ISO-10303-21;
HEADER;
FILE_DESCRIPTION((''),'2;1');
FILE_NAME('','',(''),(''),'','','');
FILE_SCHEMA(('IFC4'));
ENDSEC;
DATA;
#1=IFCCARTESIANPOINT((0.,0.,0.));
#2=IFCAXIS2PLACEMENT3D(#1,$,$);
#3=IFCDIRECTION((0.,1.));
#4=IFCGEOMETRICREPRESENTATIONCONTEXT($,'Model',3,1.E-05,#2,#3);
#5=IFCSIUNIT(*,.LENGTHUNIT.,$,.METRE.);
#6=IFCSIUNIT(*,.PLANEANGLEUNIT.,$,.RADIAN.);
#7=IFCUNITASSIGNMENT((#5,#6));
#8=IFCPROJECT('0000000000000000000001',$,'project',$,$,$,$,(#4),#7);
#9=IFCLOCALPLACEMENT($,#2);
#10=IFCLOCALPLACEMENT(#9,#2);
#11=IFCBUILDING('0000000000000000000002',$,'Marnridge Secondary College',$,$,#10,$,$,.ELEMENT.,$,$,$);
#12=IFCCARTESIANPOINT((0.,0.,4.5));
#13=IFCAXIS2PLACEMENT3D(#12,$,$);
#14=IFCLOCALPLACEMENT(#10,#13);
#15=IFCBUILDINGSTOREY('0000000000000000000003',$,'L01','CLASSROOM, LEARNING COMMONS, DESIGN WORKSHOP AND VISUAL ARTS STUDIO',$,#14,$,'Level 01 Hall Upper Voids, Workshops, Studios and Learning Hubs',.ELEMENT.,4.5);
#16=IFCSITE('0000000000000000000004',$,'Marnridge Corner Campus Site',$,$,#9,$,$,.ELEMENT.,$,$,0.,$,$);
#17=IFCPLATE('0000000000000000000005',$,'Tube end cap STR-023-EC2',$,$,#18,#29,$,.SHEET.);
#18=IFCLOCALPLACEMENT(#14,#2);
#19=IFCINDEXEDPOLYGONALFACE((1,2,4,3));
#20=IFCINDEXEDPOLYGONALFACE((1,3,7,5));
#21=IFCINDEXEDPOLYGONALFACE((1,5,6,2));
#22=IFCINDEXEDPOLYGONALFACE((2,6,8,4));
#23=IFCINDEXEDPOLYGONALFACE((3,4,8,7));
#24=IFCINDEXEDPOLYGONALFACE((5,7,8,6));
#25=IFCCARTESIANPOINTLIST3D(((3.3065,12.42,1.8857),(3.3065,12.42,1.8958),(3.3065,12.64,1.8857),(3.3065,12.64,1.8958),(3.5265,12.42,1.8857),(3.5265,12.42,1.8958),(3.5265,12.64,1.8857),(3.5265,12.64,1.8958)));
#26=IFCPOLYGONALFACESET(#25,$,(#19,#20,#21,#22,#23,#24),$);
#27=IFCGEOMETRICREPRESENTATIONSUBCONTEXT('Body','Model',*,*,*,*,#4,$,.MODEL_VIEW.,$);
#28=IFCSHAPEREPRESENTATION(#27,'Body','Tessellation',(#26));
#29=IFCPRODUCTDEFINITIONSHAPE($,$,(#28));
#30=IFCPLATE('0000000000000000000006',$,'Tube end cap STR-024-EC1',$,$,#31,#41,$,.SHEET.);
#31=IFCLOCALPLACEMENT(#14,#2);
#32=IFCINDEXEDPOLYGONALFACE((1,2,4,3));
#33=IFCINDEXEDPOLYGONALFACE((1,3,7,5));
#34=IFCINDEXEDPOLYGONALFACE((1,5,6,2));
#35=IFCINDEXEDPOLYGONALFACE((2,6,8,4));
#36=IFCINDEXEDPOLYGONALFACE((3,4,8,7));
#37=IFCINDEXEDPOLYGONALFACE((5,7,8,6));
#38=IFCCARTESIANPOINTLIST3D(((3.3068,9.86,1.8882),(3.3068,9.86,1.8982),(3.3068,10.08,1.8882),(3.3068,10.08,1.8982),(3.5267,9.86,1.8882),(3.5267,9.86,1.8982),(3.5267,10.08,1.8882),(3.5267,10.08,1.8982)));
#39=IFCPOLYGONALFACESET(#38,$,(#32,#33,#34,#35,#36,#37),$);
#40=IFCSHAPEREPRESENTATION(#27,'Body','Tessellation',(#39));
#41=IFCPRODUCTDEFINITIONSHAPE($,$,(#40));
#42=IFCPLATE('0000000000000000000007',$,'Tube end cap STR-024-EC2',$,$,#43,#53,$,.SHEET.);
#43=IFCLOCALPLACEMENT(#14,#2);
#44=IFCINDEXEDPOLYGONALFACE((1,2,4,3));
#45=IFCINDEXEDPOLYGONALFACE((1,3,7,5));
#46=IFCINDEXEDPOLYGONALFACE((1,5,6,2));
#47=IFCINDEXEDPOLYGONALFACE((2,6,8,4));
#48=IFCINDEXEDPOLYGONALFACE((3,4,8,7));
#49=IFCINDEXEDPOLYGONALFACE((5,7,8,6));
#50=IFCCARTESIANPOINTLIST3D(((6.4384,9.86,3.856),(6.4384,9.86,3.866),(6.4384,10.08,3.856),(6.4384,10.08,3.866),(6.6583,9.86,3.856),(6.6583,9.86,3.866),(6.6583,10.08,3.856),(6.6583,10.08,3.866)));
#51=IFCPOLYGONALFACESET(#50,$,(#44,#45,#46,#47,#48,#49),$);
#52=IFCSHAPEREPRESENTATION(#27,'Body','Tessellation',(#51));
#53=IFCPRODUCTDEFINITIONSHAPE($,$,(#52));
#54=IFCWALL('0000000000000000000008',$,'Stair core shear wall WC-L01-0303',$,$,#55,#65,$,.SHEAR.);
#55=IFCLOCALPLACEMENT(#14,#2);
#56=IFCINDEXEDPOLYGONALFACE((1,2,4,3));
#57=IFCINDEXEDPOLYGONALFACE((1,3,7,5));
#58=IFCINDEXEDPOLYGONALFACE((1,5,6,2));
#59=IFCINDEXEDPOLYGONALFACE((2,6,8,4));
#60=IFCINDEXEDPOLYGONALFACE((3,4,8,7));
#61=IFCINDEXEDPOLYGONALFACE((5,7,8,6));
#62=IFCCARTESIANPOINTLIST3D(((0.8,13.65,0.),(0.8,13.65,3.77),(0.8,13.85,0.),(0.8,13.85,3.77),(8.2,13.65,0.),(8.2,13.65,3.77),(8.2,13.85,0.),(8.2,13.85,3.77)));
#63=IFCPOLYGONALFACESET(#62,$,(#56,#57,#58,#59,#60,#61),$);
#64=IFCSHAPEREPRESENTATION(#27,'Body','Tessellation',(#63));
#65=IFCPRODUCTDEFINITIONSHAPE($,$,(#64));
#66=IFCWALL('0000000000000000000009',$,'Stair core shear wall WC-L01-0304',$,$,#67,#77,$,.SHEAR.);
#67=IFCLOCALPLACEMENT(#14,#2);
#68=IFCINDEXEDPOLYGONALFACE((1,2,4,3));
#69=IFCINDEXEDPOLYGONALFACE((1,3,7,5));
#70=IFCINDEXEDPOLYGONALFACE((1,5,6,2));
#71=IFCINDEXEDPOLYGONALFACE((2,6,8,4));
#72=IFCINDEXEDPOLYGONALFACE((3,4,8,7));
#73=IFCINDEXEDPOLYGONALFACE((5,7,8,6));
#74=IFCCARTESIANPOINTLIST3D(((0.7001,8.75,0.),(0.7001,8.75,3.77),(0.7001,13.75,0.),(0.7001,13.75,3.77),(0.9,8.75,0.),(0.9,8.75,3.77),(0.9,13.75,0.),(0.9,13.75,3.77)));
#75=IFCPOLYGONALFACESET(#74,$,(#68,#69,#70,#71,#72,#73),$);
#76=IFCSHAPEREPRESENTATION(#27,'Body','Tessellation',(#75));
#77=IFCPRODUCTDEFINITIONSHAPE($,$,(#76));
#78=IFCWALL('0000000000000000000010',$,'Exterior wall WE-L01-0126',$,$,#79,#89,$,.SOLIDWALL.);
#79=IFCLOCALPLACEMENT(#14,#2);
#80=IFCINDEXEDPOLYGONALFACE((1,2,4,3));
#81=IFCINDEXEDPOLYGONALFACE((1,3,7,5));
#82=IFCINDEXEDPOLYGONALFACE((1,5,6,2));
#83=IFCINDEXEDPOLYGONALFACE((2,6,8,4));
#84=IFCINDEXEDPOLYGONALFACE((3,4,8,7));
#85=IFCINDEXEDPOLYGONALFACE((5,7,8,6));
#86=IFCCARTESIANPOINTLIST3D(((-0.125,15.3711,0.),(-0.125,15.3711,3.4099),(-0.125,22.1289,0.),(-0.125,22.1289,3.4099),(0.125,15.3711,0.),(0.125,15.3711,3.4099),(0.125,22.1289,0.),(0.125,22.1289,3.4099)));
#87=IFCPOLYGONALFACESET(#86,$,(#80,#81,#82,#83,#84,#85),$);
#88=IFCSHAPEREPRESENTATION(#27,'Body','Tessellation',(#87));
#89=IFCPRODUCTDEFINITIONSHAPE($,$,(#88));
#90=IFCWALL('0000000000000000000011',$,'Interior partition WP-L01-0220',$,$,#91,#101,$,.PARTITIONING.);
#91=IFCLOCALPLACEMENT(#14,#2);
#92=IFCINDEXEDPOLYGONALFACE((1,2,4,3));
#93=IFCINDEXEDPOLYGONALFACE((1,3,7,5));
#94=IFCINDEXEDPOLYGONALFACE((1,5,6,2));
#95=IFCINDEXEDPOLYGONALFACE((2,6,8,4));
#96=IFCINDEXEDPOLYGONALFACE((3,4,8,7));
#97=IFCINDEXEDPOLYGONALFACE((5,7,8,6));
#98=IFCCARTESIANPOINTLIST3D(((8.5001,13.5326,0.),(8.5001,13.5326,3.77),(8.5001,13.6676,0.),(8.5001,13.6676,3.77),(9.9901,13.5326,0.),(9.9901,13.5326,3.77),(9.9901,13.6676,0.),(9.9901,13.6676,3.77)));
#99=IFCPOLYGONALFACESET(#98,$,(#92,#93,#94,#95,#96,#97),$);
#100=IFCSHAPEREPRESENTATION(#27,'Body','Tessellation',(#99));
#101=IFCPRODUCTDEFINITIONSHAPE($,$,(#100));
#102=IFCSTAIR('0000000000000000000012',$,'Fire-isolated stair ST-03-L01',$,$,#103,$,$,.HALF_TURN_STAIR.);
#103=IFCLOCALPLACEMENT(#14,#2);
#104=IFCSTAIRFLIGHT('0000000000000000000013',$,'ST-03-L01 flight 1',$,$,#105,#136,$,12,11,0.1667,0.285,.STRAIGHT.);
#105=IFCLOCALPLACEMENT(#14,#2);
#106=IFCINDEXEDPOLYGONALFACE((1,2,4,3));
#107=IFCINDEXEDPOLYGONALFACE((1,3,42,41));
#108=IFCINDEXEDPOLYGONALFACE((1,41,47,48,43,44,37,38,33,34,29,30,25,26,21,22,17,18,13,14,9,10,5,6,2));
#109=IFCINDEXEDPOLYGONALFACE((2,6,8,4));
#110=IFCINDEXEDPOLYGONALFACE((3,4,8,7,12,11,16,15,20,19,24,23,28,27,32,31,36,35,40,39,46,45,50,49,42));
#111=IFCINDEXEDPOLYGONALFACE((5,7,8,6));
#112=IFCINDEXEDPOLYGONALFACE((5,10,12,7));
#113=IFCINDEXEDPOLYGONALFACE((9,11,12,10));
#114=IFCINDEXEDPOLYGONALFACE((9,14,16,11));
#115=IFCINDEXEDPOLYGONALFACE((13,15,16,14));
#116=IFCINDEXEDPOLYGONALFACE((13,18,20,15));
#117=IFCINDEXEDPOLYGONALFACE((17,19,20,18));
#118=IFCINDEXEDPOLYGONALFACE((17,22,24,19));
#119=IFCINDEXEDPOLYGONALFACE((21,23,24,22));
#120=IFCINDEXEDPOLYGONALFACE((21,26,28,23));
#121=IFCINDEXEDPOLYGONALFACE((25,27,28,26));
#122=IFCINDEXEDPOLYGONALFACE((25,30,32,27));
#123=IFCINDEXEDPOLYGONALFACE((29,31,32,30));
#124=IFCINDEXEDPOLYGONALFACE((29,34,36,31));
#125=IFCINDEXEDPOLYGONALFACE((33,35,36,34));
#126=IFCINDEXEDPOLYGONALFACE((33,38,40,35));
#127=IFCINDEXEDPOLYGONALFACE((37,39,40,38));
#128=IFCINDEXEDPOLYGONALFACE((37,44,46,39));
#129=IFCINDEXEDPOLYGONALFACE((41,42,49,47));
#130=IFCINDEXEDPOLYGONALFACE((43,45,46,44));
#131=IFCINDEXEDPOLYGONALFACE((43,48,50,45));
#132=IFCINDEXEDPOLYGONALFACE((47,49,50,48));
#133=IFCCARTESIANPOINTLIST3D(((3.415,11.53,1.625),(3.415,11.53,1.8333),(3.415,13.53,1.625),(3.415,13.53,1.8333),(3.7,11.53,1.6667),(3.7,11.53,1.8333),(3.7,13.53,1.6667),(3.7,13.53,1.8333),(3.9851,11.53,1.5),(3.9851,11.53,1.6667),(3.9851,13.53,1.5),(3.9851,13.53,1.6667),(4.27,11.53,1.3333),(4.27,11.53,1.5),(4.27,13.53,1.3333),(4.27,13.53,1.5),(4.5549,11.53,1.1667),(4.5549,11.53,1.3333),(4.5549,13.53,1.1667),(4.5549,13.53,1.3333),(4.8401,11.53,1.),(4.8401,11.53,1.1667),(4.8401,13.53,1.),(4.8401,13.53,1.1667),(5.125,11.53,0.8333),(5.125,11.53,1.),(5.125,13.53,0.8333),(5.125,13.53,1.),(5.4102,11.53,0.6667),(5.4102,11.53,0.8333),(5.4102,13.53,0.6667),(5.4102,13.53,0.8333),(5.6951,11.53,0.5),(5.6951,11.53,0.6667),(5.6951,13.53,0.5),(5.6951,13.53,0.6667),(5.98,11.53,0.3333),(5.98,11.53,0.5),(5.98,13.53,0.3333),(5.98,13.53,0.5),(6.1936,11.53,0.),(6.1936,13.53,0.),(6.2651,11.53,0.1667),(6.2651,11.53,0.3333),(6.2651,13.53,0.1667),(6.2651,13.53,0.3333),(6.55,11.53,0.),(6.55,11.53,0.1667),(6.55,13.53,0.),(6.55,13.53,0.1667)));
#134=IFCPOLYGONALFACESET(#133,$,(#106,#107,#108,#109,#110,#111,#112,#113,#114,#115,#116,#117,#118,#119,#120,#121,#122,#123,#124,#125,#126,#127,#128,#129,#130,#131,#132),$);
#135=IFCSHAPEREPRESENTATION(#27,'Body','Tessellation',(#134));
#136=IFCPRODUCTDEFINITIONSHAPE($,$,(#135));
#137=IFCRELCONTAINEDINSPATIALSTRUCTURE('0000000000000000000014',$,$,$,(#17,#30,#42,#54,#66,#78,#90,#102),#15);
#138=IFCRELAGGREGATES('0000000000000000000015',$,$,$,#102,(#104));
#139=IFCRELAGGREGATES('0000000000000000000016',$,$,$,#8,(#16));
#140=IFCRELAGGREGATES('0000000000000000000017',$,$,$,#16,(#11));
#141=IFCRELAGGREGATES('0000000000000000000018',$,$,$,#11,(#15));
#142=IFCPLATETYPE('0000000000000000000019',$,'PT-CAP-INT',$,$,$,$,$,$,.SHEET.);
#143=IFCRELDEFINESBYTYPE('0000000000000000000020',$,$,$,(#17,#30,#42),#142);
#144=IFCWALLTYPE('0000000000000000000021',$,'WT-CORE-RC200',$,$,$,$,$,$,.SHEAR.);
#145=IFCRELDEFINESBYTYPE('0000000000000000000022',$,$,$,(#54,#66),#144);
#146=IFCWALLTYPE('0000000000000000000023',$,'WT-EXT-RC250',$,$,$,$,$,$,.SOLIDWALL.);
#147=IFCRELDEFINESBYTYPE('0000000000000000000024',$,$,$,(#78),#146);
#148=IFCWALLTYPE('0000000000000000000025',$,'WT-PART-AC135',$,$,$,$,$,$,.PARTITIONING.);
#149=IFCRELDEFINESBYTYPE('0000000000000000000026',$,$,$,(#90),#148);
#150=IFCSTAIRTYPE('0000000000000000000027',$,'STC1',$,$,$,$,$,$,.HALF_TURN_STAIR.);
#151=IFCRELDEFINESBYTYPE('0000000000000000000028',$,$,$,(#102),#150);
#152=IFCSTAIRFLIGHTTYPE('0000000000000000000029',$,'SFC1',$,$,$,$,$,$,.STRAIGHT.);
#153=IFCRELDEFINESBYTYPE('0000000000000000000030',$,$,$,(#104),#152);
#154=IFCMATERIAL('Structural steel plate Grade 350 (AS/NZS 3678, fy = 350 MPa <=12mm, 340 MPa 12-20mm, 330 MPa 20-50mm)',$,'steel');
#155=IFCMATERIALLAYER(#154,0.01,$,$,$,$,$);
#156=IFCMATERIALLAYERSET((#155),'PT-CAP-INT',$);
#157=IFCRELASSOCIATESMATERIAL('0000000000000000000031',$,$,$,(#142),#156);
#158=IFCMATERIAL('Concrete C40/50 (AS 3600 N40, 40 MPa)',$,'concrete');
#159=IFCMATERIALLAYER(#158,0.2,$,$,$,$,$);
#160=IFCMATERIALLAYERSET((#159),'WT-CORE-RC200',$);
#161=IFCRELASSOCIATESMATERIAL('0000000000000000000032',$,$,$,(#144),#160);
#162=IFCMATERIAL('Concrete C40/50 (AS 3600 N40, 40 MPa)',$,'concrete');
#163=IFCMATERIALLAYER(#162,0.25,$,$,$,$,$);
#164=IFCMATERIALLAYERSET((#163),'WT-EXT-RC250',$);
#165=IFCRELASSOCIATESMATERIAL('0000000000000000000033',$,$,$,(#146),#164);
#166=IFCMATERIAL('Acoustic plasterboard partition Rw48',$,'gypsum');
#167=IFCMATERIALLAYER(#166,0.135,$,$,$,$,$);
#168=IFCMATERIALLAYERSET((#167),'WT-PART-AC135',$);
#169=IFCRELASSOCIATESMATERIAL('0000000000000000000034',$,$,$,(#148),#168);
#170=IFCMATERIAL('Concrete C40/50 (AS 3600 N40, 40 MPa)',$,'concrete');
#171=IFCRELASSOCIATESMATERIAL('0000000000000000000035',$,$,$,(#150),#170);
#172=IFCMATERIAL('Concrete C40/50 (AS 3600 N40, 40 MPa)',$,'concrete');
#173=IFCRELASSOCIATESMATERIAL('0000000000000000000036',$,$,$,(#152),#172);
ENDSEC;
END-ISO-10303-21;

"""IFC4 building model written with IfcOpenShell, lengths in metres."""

from ifc_helpers import new_model, si_unit, direction, frame, frame_2d, origin, origin_2d, place, context, subcontext, project, spatial, polyline, rectangle, outline, extrude, material, layer, layer_set, type_object, element, aggregate, save


model = new_model("IFC4")

# Units and contexts
model_context = context("Model", 3, precision=1e-05, world=origin(), true_north=direction((0.0, 1.0)))
body_context = subcontext(model_context, "Body", "Model", "MODEL_VIEW")
ifc_project = project(units=[si_unit("LENGTHUNIT", "METRE"), si_unit("PLANEANGLEUNIT", "RADIAN")], contexts=[model_context])

# Site, building, storey
site_placement = place(None, origin())
site = spatial("IfcSite", under=ifc_project, at=site_placement, Name="Marnridge Corner Campus Site", CompositionType="ELEMENT", RefElevation=0.0)
building_placement = place(site_placement, origin())
building = spatial("IfcBuilding", under=site, at=building_placement, Name="Marnridge Secondary College", CompositionType="ELEMENT")
storey_placement = place(building_placement, frame((0.0, 0.0, 4.5)))
storey = spatial("IfcBuildingStorey", under=building, at=storey_placement, Name="L01", Description="CLASSROOM, LEARNING COMMONS, DESIGN WORKSHOP AND VISUAL ARTS STUDIO", LongName="Level 01 Hall Upper Voids, Workshops, Studios and Learning Hubs", CompositionType="ELEMENT", Elevation=4.5)

# Plates
ifc_material_1 = material(Name="Structural steel plate Grade 350 (AS/NZS 3678, fy = 350 MPa <=12mm, 340 MPa 12-20mm, 330 MPa 20-50mm)", Category="steel")
ifc_layer_1 = layer(ifc_material_1, 0.01)
ifc_layer_set_1 = layer_set([ifc_layer_1], Name="PT-CAP-INT")
plate_type = type_object("IfcPlateType", Name="PT-CAP-INT", PredefinedType="SHEET", material=ifc_layer_set_1)
for number, where, z_axis, x_axis, name in (
    (1, (3.4165, 12.53, 1.8857), (0.0, 0.0, 1.0), (-1.0, 0.0, 0.0), "Tube end cap STR-023-EC2"),
    (2, (3.4167, 9.97, 1.8882), (0.0, 0.0, 1.0), (1.0, 0.0, 0.0), "Tube end cap STR-024-EC1"),
    (3, (6.5483, 9.97, 3.856), (0.0, 0.0, 1.0), (1.0, 0.0, 0.0), "Tube end cap STR-024-EC2"),
):
    element("IfcPlate", number, at=place(storey_placement, frame(where, z_axis=z_axis, x_axis=x_axis)), inside=storey, type_object=plate_type, Name=name, PredefinedType="SHEET", context=body_context, shape_type="SweptSolid", body=[
        extrude(rectangle(XDim=0.22, YDim=0.22, at=origin_2d()), origin(), (0.0, 0.0, 1.0), 0.01),
    ])

# Walls
ifc_material_2 = material(Name="Concrete C40/50 (AS 3600 N40, 40 MPa)", Category="concrete")
ifc_layer_2 = layer(ifc_material_2, 0.2)
ifc_layer_set_2 = layer_set([ifc_layer_2], Name="WT-CORE-RC200")
wall_type_1 = type_object("IfcWallType", Name="WT-CORE-RC200", PredefinedType="SHEAR", material=ifc_layer_set_2)
wall_1_placement = place(storey_placement, frame((8.2, 13.75, 0.0), z_axis=(0.0, 0.0, 1.0), x_axis=(-1.0, 0.0, 0.0)))
element("IfcWall", 4, at=wall_1_placement, inside=storey, type_object=wall_type_1, Name="Stair core shear wall WC-L01-0303", PredefinedType="SHEAR", context=body_context, shape_type="SweptSolid", body=[
    extrude(rectangle(XDim=7.3999, YDim=0.2, at=frame_2d((3.7, 0.0))), origin(), (0.0, 0.0, 1.0), 3.77),
])
wall_2_placement = place(storey_placement, frame((0.8, 13.75, 0.0), z_axis=(0.0, 0.0, 1.0), x_axis=(0.0, -1.0, 0.0)))
element("IfcWall", 5, at=wall_2_placement, inside=storey, type_object=wall_type_1, Name="Stair core shear wall WC-L01-0304", PredefinedType="SHEAR", context=body_context, shape_type="SweptSolid", body=[
    extrude(rectangle(XDim=5.0, YDim=0.2, at=frame_2d((2.5, 0.0))), origin(), (0.0, 0.0, 1.0), 3.77),
])
ifc_material_3 = material(Name="Concrete C40/50 (AS 3600 N40, 40 MPa)", Category="concrete")
ifc_layer_3 = layer(ifc_material_3, 0.25)
ifc_layer_set_3 = layer_set([ifc_layer_3], Name="WT-EXT-RC250")
wall_type_2 = type_object("IfcWallType", Name="WT-EXT-RC250", PredefinedType="SOLIDWALL", material=ifc_layer_set_3)
wall_3_placement = place(storey_placement, frame((0.0, 15.3711, 0.0), z_axis=(0.0, 0.0, 1.0), x_axis=(0.0, 1.0, 0.0)))
element("IfcWall", 6, at=wall_3_placement, inside=storey, type_object=wall_type_2, Name="Exterior wall WE-L01-0126", PredefinedType="SOLIDWALL", context=body_context, shape_type="SweptSolid", body=[
    extrude(rectangle(XDim=6.7578, YDim=0.25, at=frame_2d((3.3789, 0.0))), origin(), (0.0, 0.0, 1.0), 3.4099),
])
ifc_material_4 = material(Name="Acoustic plasterboard partition Rw48", Category="gypsum")
ifc_layer_4 = layer(ifc_material_4, 0.135)
ifc_layer_set_4 = layer_set([ifc_layer_4], Name="WT-PART-AC135")
wall_type_3 = type_object("IfcWallType", Name="WT-PART-AC135", PredefinedType="PARTITIONING", material=ifc_layer_set_4)
wall_4_placement = place(storey_placement, frame((8.5, 13.6001, 0.0), z_axis=(0.0, 0.0, 1.0), x_axis=(1.0, 0.0, 0.0)))
element("IfcWall", 7, at=wall_4_placement, inside=storey, type_object=wall_type_3, Name="Interior partition WP-L01-0220", PredefinedType="PARTITIONING", context=body_context, shape_type="SweptSolid", body=[
    extrude(rectangle(XDim=1.49, YDim=0.135, at=frame_2d((0.7451, 0.0))), origin(), (0.0, 0.0, 1.0), 3.77),
])

# Stair, stair flight
ifc_material_5 = material(Name="Concrete C40/50 (AS 3600 N40, 40 MPa)", Category="concrete")
stair_type = type_object("IfcStairType", Name="STC1", PredefinedType="HALF_TURN_STAIR", material=ifc_material_5)
stair_placement = place(storey_placement, origin())
stair = element("IfcStair", 8, at=stair_placement, inside=storey, type_object=stair_type, Name="Fire-isolated stair ST-03-L01", PredefinedType="HALF_TURN_STAIR")
ifc_material_6 = material(Name="Concrete C40/50 (AS 3600 N40, 40 MPa)", Category="concrete")
stair_flight_type = type_object("IfcStairFlightType", Name="SFC1", PredefinedType="STRAIGHT", material=ifc_material_6)
stair_flight_placement = place(storey_placement, frame((6.55, 12.53, 0.0), z_axis=(0.0, 0.0, 1.0), x_axis=(-1.0, 0.0, 0.0)))
stair_flight = element("IfcStairFlight", 9, at=stair_flight_placement, type_object=stair_flight_type, Name="ST-03-L01 flight 1", NumberOfRisers=12, NumberOfTreads=11, PredefinedType="STRAIGHT", RiserHeight=0.1667, TreadLength=0.285, context=body_context, shape_type="SweptSolid", body=[
    extrude(outline(polyline([(0.0, 0.0), (0.0, 0.1667), (0.2849, 0.1667), (0.2849, 0.3333), (0.5701, 0.3333), (0.5701, 0.5), (0.855, 0.5), (0.855, 0.6667), (1.1399, 0.6667), (1.1399, 0.8333), (1.425, 0.8333), (1.425, 1.0), (1.71, 1.0), (1.71, 1.1667), (1.9951, 1.1667), (1.9951, 1.3333), (2.28, 1.3333), (2.28, 1.5), (2.5649, 1.5), (2.5649, 1.6667), (2.8501, 1.6667), (2.8501, 1.8333), (3.135, 1.8333), (3.135, 2.0), (3.135, 1.625), (0.3564, 0.0), (0.0, 0.0)])), frame((0.0, 1.0, 0.0), z_axis=(0.0, -1.0, 0.0), x_axis=(1.0, 0.0, 0.0)), (0.0, 0.0, 1.0), 2.0),
])
aggregate(stair, [stair_flight])

save(model, "model.ifc")
